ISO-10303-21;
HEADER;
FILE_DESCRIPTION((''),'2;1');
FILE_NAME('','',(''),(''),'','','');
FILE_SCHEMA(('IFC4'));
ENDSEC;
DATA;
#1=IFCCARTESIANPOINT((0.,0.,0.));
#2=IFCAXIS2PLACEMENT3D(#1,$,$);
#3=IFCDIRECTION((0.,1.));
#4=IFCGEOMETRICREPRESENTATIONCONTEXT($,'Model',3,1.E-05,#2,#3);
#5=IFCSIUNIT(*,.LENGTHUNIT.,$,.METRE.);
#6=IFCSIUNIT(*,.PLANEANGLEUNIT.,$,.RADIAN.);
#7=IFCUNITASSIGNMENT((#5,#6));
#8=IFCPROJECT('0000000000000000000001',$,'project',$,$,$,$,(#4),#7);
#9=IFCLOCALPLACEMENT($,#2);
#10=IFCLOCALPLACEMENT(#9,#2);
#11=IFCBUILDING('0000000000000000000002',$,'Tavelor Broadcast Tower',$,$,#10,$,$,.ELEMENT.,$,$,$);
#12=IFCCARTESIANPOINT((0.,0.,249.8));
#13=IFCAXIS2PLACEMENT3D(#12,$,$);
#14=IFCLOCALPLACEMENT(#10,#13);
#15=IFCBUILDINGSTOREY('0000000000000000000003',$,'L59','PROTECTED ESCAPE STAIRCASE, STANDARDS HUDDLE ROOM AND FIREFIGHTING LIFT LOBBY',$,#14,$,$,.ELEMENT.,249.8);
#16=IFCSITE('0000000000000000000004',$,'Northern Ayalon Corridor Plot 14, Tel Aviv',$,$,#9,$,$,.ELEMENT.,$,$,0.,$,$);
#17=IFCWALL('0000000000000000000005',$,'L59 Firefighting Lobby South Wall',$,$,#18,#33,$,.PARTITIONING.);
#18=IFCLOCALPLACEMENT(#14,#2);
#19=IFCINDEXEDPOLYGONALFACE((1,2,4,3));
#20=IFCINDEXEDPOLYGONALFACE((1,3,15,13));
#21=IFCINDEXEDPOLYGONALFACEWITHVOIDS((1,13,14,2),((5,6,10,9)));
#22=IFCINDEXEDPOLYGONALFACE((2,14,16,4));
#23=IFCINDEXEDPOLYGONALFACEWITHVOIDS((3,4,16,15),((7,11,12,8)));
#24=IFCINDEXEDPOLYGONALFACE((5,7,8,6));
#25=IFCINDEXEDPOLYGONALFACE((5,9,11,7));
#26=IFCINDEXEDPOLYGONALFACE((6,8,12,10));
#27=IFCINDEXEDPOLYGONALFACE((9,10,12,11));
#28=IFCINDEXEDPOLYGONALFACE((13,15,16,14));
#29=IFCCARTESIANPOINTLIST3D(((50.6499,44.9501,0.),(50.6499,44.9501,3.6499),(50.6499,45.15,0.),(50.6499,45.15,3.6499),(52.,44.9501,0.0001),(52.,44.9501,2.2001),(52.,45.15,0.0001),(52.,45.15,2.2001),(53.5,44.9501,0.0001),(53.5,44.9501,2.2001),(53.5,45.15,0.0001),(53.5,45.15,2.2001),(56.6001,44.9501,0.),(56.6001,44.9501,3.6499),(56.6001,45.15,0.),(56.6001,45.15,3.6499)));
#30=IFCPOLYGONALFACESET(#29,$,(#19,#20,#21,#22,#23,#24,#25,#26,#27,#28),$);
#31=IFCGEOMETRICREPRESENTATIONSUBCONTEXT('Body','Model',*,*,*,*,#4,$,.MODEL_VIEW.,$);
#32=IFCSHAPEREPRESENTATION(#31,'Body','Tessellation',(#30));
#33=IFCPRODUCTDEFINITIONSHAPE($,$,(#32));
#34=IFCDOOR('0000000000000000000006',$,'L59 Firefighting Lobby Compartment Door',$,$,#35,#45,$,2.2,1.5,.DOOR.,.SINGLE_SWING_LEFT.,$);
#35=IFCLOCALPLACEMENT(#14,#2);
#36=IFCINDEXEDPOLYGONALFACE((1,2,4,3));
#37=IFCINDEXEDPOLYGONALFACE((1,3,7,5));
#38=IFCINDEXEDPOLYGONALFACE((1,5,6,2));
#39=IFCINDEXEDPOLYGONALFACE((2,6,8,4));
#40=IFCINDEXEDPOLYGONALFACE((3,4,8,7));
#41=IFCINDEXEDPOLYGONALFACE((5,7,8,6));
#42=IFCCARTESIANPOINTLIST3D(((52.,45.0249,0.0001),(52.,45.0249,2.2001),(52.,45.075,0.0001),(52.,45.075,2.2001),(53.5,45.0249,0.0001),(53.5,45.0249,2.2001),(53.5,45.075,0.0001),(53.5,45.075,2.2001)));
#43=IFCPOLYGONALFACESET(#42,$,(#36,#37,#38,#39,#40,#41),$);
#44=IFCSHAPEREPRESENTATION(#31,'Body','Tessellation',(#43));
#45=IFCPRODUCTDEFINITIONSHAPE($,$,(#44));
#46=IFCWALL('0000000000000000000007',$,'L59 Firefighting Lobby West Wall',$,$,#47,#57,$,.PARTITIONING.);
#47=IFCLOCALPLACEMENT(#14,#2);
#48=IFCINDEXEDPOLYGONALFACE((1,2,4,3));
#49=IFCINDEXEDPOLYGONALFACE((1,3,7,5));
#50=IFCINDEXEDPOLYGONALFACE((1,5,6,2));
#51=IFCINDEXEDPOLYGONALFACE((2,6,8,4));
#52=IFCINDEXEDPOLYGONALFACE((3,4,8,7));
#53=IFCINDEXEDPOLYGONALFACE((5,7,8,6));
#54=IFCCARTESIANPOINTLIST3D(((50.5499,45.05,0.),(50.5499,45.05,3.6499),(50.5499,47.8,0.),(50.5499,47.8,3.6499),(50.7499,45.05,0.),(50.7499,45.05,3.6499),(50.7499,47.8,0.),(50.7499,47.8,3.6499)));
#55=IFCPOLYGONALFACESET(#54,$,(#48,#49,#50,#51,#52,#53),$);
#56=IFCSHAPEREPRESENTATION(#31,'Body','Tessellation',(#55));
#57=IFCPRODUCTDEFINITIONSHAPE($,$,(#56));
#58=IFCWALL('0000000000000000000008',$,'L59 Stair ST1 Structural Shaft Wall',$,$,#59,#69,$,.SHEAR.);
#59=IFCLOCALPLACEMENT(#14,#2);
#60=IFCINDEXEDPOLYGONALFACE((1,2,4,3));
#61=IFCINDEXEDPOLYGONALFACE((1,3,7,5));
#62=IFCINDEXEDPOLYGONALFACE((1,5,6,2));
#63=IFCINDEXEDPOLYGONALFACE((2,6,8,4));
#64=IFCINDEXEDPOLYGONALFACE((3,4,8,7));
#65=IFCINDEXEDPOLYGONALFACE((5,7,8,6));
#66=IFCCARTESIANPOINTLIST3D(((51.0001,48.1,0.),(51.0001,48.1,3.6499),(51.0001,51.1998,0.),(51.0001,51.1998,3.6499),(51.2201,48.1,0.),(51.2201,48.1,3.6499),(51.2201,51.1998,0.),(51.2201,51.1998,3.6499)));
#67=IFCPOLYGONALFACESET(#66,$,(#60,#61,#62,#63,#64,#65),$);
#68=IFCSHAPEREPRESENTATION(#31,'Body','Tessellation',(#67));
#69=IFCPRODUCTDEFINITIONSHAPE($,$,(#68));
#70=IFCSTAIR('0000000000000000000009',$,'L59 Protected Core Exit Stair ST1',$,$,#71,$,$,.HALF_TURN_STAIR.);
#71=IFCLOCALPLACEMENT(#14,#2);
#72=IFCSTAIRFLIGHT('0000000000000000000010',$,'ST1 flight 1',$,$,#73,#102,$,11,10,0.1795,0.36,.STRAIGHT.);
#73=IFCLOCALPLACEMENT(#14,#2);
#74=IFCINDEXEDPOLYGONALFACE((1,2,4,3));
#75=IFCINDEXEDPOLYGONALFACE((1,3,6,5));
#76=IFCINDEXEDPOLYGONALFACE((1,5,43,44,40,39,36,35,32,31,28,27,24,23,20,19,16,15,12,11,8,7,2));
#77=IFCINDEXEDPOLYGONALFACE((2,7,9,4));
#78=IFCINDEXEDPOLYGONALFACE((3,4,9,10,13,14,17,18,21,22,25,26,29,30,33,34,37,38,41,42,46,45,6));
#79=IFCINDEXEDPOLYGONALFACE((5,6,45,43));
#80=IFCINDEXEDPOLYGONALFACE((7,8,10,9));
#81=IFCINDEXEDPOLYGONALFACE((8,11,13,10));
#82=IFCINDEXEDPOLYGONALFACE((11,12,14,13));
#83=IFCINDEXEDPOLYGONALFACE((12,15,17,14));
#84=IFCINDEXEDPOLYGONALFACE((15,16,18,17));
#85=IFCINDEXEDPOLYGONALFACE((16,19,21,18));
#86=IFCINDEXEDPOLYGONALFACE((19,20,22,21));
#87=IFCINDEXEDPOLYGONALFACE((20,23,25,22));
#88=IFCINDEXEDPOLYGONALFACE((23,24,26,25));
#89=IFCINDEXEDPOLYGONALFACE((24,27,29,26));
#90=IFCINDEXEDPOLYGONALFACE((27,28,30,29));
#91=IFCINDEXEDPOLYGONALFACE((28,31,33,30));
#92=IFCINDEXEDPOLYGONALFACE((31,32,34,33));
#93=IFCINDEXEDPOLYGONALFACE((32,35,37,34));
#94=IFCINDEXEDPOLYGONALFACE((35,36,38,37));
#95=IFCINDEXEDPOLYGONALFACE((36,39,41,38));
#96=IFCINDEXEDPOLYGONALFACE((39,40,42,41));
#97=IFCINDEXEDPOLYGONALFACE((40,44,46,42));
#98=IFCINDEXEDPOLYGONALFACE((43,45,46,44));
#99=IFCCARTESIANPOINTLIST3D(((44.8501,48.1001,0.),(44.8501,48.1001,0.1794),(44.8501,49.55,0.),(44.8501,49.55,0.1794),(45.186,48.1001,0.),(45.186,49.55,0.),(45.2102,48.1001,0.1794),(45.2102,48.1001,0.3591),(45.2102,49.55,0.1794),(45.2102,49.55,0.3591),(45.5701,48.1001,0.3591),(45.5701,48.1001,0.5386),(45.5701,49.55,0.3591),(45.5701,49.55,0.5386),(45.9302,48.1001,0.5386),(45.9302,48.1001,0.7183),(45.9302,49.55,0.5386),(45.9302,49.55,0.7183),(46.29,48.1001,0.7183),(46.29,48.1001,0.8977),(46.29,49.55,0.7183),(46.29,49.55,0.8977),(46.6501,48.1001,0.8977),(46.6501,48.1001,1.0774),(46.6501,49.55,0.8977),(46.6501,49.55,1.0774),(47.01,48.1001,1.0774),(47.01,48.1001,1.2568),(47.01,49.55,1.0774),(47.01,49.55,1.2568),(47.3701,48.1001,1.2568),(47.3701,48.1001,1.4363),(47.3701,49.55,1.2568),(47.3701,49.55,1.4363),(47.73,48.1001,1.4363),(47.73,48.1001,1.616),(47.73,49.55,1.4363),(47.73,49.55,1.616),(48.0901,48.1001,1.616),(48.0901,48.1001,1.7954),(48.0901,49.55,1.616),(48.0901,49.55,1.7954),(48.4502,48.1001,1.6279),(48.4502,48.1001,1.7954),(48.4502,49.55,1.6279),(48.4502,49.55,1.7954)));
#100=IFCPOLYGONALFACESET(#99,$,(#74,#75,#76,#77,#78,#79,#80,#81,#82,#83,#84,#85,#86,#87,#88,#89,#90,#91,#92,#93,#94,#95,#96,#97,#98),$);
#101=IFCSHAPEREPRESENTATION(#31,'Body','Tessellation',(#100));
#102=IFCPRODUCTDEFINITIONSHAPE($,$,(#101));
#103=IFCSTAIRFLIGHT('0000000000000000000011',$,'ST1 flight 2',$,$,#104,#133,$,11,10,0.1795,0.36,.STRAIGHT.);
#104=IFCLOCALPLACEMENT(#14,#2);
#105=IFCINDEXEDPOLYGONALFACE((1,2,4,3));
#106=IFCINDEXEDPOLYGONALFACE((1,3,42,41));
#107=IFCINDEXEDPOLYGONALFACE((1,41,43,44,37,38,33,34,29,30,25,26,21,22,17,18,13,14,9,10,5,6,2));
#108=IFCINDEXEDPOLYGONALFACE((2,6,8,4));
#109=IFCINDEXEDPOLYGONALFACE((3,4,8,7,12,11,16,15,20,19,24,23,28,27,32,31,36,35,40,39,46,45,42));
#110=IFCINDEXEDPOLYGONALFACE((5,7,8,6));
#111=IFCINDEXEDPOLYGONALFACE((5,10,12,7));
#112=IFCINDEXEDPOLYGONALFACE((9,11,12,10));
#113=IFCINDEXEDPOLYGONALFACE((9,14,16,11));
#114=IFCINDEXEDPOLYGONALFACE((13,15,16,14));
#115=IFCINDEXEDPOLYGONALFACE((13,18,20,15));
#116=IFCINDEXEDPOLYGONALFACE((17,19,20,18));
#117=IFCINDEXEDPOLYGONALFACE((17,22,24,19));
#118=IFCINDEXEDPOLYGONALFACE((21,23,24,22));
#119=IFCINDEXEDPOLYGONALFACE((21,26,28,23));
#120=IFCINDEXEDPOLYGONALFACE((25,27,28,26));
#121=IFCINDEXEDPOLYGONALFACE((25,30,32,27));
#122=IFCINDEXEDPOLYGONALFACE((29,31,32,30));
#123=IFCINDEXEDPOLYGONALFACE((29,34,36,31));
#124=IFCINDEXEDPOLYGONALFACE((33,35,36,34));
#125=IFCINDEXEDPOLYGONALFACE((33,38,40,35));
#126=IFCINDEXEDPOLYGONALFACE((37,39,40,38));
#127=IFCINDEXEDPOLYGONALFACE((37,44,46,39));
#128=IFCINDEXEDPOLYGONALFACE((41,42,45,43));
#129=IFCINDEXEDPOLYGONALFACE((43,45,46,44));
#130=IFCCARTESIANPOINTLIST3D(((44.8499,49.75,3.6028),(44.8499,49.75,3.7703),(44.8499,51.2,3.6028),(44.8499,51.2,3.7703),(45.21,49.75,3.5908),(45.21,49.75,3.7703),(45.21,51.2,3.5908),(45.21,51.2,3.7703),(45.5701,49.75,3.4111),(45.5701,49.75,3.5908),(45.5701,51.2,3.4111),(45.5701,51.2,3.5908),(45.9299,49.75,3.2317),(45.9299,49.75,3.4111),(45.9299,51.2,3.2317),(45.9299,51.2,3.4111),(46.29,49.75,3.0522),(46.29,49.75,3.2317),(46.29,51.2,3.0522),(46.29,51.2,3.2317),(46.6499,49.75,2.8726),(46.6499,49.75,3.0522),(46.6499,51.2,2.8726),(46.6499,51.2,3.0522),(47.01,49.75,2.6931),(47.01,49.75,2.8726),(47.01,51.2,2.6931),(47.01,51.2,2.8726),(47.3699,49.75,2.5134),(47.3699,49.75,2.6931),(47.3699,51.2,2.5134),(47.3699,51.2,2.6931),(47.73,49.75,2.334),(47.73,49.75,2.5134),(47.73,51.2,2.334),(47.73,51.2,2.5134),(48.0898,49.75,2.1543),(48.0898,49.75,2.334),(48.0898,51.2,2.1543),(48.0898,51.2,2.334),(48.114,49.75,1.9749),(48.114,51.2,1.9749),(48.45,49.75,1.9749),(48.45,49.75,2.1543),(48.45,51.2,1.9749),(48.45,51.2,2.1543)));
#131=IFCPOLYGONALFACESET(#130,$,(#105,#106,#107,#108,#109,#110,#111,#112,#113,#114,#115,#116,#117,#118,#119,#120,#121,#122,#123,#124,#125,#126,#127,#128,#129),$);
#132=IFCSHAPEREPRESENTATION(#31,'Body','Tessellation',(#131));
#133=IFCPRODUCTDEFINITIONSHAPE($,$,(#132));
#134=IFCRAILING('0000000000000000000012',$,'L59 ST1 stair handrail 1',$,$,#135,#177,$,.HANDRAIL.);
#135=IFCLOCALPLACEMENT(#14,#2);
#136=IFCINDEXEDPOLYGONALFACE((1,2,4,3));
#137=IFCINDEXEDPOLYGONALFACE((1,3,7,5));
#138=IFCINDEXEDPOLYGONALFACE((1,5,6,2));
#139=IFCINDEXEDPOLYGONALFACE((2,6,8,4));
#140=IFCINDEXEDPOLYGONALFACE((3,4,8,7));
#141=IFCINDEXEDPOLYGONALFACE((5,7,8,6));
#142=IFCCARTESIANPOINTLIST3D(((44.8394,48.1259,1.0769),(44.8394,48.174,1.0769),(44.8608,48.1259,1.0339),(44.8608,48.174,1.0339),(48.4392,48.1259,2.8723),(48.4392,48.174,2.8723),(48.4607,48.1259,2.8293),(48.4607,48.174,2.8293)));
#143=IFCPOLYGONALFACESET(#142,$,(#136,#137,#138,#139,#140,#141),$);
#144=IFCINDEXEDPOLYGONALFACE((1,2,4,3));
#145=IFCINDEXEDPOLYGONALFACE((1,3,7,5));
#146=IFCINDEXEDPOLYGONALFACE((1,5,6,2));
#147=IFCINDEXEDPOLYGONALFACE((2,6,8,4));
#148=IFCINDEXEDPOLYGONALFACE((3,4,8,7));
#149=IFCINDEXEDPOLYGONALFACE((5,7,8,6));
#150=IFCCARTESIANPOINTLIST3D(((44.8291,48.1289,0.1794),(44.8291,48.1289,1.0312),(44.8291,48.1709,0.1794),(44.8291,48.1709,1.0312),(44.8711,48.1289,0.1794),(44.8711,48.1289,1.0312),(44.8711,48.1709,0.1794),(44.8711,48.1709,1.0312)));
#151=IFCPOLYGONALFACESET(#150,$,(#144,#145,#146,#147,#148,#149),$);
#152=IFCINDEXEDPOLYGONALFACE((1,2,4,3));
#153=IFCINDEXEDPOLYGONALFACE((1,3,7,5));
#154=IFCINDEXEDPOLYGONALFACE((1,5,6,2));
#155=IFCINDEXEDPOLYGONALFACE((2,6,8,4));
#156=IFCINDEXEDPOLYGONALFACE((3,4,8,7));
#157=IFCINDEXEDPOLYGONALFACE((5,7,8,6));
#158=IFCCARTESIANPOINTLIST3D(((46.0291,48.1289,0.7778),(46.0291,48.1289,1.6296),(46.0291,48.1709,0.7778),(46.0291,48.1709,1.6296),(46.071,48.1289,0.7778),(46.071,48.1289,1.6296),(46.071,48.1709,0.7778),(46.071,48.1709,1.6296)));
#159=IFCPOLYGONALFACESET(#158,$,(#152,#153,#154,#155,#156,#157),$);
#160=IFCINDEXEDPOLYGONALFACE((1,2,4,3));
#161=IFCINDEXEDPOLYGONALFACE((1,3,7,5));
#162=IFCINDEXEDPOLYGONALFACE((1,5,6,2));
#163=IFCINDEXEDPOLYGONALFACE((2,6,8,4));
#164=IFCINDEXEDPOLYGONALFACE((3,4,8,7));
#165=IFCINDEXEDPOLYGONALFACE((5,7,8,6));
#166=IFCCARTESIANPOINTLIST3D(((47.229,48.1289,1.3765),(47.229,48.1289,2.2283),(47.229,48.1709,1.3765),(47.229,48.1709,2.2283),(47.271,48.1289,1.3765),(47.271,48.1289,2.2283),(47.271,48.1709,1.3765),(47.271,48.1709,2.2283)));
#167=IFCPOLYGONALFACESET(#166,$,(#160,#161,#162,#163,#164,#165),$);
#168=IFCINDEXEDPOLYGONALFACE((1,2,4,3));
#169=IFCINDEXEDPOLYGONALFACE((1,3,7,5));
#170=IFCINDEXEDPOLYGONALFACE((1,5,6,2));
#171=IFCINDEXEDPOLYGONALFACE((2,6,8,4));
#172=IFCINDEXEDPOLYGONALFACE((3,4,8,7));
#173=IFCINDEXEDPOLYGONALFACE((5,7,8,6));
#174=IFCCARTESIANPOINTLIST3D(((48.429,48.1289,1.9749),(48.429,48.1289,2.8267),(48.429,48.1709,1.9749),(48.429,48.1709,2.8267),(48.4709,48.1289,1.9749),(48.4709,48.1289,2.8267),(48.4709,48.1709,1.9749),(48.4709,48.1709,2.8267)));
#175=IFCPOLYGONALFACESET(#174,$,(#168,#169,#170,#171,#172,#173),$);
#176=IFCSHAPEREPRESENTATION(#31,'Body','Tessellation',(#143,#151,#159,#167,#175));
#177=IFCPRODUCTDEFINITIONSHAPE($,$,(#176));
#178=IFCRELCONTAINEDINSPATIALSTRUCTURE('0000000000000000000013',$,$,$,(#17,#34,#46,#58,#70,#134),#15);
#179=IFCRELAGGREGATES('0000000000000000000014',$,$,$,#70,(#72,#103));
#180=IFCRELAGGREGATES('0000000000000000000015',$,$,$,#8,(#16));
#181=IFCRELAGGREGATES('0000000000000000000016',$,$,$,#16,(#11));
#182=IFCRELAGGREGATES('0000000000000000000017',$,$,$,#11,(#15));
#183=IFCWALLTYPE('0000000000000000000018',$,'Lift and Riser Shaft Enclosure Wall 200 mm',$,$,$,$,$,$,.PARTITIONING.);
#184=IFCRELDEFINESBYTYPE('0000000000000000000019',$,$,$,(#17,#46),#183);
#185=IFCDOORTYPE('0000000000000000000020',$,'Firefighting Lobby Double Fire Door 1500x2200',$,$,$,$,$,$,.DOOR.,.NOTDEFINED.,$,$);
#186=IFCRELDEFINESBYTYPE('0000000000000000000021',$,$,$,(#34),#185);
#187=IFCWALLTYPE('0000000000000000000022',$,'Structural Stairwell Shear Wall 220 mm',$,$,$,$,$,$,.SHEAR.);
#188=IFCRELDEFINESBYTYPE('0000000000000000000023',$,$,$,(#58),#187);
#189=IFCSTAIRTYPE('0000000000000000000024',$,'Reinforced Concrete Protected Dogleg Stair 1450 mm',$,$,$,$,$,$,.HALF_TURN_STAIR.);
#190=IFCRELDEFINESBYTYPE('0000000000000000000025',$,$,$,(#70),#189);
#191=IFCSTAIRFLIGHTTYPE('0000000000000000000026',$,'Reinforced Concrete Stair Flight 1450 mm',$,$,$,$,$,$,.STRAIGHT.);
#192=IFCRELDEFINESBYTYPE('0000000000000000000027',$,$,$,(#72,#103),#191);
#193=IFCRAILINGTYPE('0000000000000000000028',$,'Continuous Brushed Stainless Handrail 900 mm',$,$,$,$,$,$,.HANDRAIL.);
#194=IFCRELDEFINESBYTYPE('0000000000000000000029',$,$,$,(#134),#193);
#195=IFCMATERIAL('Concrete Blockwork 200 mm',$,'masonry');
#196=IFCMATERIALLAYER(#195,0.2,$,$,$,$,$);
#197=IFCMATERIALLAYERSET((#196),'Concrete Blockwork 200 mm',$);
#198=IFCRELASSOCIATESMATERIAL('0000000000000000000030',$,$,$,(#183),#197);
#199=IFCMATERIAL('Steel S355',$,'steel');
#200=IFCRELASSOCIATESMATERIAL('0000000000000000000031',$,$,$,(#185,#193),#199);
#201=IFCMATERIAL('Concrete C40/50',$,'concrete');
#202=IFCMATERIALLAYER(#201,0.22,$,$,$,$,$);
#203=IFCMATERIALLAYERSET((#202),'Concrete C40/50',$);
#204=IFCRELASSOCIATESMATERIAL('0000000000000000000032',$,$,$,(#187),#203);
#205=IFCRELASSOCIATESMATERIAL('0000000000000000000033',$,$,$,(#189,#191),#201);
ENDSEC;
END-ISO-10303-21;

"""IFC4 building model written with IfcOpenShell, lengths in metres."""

from ifc_helpers import new_model, si_unit, direction, frame, frame_2d, origin, origin_2d, place, context, subcontext, project, spatial, polyline, rectangle, outline, extrude, material, layer, layer_set, type_object, element, fill, aggregate, save


model = new_model("IFC4")

# Units and contexts
model_context = context("Model", 3, precision=1e-05, world=origin(), true_north=direction((0.0, 1.0)))
body_context = subcontext(model_context, "Body", "Model", "MODEL_VIEW")
ifc_project = project(units=[si_unit("LENGTHUNIT", "METRE"), si_unit("PLANEANGLEUNIT", "RADIAN")], contexts=[model_context])

# Site, building, storey
site_placement = place(None, origin())
site = spatial("IfcSite", under=ifc_project, at=site_placement, Name="Northern Ayalon Corridor Plot 14, Tel Aviv", CompositionType="ELEMENT", RefElevation=0.0)
building_placement = place(site_placement, origin())
building = spatial("IfcBuilding", under=site, at=building_placement, Name="Tavelor Broadcast Tower", CompositionType="ELEMENT")
storey_placement = place(building_placement, frame((0.0, 0.0, 249.8)))
storey = spatial("IfcBuildingStorey", under=building, at=storey_placement, Name="L59", Description="PROTECTED ESCAPE STAIRCASE, STANDARDS HUDDLE ROOM AND FIREFIGHTING LIFT LOBBY", CompositionType="ELEMENT", Elevation=249.8)

# Shared definitions
ifc_material_1 = material(Name="Concrete C40/50", Category="concrete")
ifc_material_2 = material(Name="Steel S355", Category="steel")

# Shared definitions
ifc_material_3 = material(Name="Concrete Blockwork 200 mm", Category="masonry")

# Shared definitions
ifc_layer_1 = layer(ifc_material_3, 0.2)
ifc_layer_set_1 = layer_set([ifc_layer_1], Name="Concrete Blockwork 200 mm")
wall_type_1 = type_object("IfcWallType", Name="Lift and Riser Shaft Enclosure Wall 200 mm", PredefinedType="PARTITIONING", material=ifc_layer_set_1)

# Wall, opening, door
wall_1_placement = place(storey_placement, frame((50.6499, 45.05, 0.0), z_axis=(0.0, 0.0, 1.0), x_axis=(1.0, 0.0, 0.0)))
wall_1 = element("IfcWall", 1, at=wall_1_placement, inside=storey, type_object=wall_type_1, Name="L59 Firefighting Lobby South Wall", PredefinedType="PARTITIONING", context=body_context, shape_type="SweptSolid", body=[
    extrude(rectangle(XDim=5.9502, YDim=0.2, at=frame_2d((2.9751, 0.0))), origin(), (0.0, 0.0, 1.0), 3.6499),
])
opening_1_placement = place(wall_1_placement, frame((1.3501, 0.0, 0.0)))
opening_1 = element("IfcOpeningElement", 2, at=opening_1_placement, cuts=wall_1, PredefinedType="OPENING", context=body_context, shape_type="SweptSolid", body=[
    extrude(rectangle(XDim=1.5, YDim=2.2, at=frame_2d((0.75, 1.1001))), frame((0.0, 0.1099, 0.0), z_axis=(0.0, -1.0, 0.0), x_axis=(1.0, 0.0, 0.0)), (0.0, 0.0, 1.0), 0.22),
])
door_type_1 = type_object("IfcDoorType", Name="Firefighting Lobby Double Fire Door 1500x2200", OperationType="NOTDEFINED", PredefinedType="DOOR", material=ifc_material_2)
door_1_placement = place(opening_1_placement, origin())
door_1 = element("IfcDoor", 3, at=door_1_placement, inside=storey, type_object=door_type_1, Name="L59 Firefighting Lobby Compartment Door", OperationType="SINGLE_SWING_LEFT", OverallHeight=2.2, OverallWidth=1.5, PredefinedType="DOOR", context=body_context, shape_type="SweptSolid", body=[
    extrude(rectangle(XDim=1.5, YDim=2.2, at=frame_2d((0.75, 1.1001))), frame((0.0, 0.0249, 0.0), z_axis=(0.0, -1.0, 0.0), x_axis=(1.0, 0.0, 0.0)), (0.0, 0.0, 1.0), 0.05),
])
fill(opening_1, door_1)

# Walls
wall_2_placement = place(storey_placement, frame((50.6499, 45.05, 0.0), z_axis=(0.0, 0.0, 1.0), x_axis=(0.0, 1.0, 0.0)))
element("IfcWall", 4, at=wall_2_placement, inside=storey, type_object=wall_type_1, Name="L59 Firefighting Lobby West Wall", PredefinedType="PARTITIONING", context=body_context, shape_type="SweptSolid", body=[
    extrude(rectangle(XDim=2.75, YDim=0.2, at=frame_2d((1.375, 0.0))), origin(), (0.0, 0.0, 1.0), 3.6499),
])
ifc_layer_2 = layer(ifc_material_1, 0.22)
ifc_layer_set_2 = layer_set([ifc_layer_2], Name="Concrete C40/50")
wall_type_2 = type_object("IfcWallType", Name="Structural Stairwell Shear Wall 220 mm", PredefinedType="SHEAR", material=ifc_layer_set_2)
wall_3_placement = place(storey_placement, frame((51.1101, 48.1001, 0.0), z_axis=(0.0, 0.0, 1.0), x_axis=(0.0, 1.0, 0.0)))
element("IfcWall", 5, at=wall_3_placement, inside=storey, type_object=wall_type_2, Name="L59 Stair ST1 Structural Shaft Wall", PredefinedType="SHEAR", context=body_context, shape_type="SweptSolid", body=[
    extrude(rectangle(XDim=3.0999, YDim=0.22, at=frame_2d((1.5498, 0.0))), origin(), (0.0, 0.0, 1.0), 3.6499),
])

# Stair, stair flights
stair_type = type_object("IfcStairType", Name="Reinforced Concrete Protected Dogleg Stair 1450 mm", PredefinedType="HALF_TURN_STAIR", material=ifc_material_1)
stair_placement = place(storey_placement, origin())
stair = element("IfcStair", 6, at=stair_placement, inside=storey, type_object=stair_type, Name="L59 Protected Core Exit Stair ST1", PredefinedType="HALF_TURN_STAIR")
stair_flight_type = type_object("IfcStairFlightType", Name="Reinforced Concrete Stair Flight 1450 mm", PredefinedType="STRAIGHT", material=ifc_material_1)
stair_flight_1_placement = place(storey_placement, frame((44.8501, 48.825, 0.0), z_axis=(0.0, 0.0, 1.0), x_axis=(1.0, 0.0, 0.0)))
stair_flight_1 = element("IfcStairFlight", 7, at=stair_flight_1_placement, type_object=stair_flight_type, Name="ST1 flight 1", NumberOfRisers=11, NumberOfTreads=10, PredefinedType="STRAIGHT", RiserHeight=0.1795, TreadLength=0.36, context=body_context, shape_type="SweptSolid", body=[
    extrude(outline(polyline([(0.0, 0.0), (0.0, 0.1794), (0.3601, 0.1794), (0.3601, 0.3591), (0.72, 0.3591), (0.72, 0.5386), (1.0801, 0.5386), (1.0801, 0.7183), (1.4399, 0.7183), (1.4399, 0.8977), (1.8, 0.8977), (1.8, 1.0774), (2.1599, 1.0774), (2.1599, 1.2568), (2.52, 1.2568), (2.52, 1.4363), (2.8799, 1.4363), (2.8799, 1.616), (3.24, 1.616), (3.24, 1.7954), (3.6001, 1.7954), (3.6001, 1.9751), (3.6001, 1.6279), (0.3359, 0.0), (0.0, 0.0)])), frame((0.0, 0.7251, 0.0), z_axis=(0.0, -1.0, 0.0), x_axis=(1.0, 0.0, 0.0)), (0.0, 0.0, 1.0), 1.45),
])
stair_flight_2_placement = place(storey_placement, frame((48.45, 50.4751, 1.9749), z_axis=(0.0, 0.0, 1.0), x_axis=(-1.0, 0.0, 0.0)))
stair_flight_2 = element("IfcStairFlight", 8, at=stair_flight_2_placement, type_object=stair_flight_type, Name="ST1 flight 2", NumberOfRisers=11, NumberOfTreads=10, PredefinedType="STRAIGHT", RiserHeight=0.1795, TreadLength=0.36, context=body_context, shape_type="SweptSolid", body=[
    extrude(outline(polyline([(0.0, 0.0), (0.0, 0.1794), (0.3601, 0.1794), (0.3601, 0.3591), (0.72, 0.3591), (0.72, 0.5386), (1.0801, 0.5386), (1.0801, 0.7183), (1.4399, 0.7183), (1.4399, 0.8977), (1.8, 0.8977), (1.8, 1.0774), (2.1599, 1.0774), (2.1599, 1.2568), (2.52, 1.2568), (2.52, 1.4363), (2.8799, 1.4363), (2.8799, 1.616), (3.24, 1.616), (3.24, 1.7954), (3.6001, 1.7954), (3.6001, 1.9751), (3.6001, 1.6279), (0.3359, 0.0), (0.0, 0.0)])), frame((0.0, 0.7251, 0.0), z_axis=(0.0, -1.0, 0.0), x_axis=(1.0, 0.0, 0.0)), (0.0, 0.0, 1.0), 1.45),
])
aggregate(stair, [stair_flight_1, stair_flight_2])

# Railing
railing_type_1 = type_object("IfcRailingType", Name="Continuous Brushed Stainless Handrail 900 mm", PredefinedType="HANDRAIL", material=ifc_material_2)
railing_1_placement = place(storey_placement, frame((44.8501, 48.1499, 0.1794)))
element("IfcRailing", 9, at=railing_1_placement, inside=storey, type_object=railing_type_1, Name="L59 ST1 stair handrail 1", PredefinedType="HANDRAIL", context=body_context, shape_type="SweptSolid", body=[
    extrude(rectangle(XDim=0.0481, YDim=0.0481, at=origin_2d()), frame((0.0, 0.0, 0.876), z_axis=(0.894876, 0.0, 0.446315), x_axis=(0.0, 1.0, 0.0)), (0.0, 0.0, 1.0), 4.0227),
    extrude(rectangle(XDim=0.042, YDim=0.042, at=origin_2d()), origin(), (0.0, 0.0, 1.0), 0.8518),
    extrude(rectangle(XDim=0.042, YDim=0.042, at=origin_2d()), frame((1.2, 0.0, 0.5984)), (0.0, 0.0, 1.0), 0.8518),
    extrude(rectangle(XDim=0.042, YDim=0.042, at=origin_2d()), frame((2.3999, 0.0, 1.197)), (0.0, 0.0, 1.0), 0.8518),
    extrude(rectangle(XDim=0.042, YDim=0.042, at=origin_2d()), frame((3.5999, 0.0, 1.7954)), (0.0, 0.0, 1.0), 0.8518),
])

save(model, "model.ifc")
